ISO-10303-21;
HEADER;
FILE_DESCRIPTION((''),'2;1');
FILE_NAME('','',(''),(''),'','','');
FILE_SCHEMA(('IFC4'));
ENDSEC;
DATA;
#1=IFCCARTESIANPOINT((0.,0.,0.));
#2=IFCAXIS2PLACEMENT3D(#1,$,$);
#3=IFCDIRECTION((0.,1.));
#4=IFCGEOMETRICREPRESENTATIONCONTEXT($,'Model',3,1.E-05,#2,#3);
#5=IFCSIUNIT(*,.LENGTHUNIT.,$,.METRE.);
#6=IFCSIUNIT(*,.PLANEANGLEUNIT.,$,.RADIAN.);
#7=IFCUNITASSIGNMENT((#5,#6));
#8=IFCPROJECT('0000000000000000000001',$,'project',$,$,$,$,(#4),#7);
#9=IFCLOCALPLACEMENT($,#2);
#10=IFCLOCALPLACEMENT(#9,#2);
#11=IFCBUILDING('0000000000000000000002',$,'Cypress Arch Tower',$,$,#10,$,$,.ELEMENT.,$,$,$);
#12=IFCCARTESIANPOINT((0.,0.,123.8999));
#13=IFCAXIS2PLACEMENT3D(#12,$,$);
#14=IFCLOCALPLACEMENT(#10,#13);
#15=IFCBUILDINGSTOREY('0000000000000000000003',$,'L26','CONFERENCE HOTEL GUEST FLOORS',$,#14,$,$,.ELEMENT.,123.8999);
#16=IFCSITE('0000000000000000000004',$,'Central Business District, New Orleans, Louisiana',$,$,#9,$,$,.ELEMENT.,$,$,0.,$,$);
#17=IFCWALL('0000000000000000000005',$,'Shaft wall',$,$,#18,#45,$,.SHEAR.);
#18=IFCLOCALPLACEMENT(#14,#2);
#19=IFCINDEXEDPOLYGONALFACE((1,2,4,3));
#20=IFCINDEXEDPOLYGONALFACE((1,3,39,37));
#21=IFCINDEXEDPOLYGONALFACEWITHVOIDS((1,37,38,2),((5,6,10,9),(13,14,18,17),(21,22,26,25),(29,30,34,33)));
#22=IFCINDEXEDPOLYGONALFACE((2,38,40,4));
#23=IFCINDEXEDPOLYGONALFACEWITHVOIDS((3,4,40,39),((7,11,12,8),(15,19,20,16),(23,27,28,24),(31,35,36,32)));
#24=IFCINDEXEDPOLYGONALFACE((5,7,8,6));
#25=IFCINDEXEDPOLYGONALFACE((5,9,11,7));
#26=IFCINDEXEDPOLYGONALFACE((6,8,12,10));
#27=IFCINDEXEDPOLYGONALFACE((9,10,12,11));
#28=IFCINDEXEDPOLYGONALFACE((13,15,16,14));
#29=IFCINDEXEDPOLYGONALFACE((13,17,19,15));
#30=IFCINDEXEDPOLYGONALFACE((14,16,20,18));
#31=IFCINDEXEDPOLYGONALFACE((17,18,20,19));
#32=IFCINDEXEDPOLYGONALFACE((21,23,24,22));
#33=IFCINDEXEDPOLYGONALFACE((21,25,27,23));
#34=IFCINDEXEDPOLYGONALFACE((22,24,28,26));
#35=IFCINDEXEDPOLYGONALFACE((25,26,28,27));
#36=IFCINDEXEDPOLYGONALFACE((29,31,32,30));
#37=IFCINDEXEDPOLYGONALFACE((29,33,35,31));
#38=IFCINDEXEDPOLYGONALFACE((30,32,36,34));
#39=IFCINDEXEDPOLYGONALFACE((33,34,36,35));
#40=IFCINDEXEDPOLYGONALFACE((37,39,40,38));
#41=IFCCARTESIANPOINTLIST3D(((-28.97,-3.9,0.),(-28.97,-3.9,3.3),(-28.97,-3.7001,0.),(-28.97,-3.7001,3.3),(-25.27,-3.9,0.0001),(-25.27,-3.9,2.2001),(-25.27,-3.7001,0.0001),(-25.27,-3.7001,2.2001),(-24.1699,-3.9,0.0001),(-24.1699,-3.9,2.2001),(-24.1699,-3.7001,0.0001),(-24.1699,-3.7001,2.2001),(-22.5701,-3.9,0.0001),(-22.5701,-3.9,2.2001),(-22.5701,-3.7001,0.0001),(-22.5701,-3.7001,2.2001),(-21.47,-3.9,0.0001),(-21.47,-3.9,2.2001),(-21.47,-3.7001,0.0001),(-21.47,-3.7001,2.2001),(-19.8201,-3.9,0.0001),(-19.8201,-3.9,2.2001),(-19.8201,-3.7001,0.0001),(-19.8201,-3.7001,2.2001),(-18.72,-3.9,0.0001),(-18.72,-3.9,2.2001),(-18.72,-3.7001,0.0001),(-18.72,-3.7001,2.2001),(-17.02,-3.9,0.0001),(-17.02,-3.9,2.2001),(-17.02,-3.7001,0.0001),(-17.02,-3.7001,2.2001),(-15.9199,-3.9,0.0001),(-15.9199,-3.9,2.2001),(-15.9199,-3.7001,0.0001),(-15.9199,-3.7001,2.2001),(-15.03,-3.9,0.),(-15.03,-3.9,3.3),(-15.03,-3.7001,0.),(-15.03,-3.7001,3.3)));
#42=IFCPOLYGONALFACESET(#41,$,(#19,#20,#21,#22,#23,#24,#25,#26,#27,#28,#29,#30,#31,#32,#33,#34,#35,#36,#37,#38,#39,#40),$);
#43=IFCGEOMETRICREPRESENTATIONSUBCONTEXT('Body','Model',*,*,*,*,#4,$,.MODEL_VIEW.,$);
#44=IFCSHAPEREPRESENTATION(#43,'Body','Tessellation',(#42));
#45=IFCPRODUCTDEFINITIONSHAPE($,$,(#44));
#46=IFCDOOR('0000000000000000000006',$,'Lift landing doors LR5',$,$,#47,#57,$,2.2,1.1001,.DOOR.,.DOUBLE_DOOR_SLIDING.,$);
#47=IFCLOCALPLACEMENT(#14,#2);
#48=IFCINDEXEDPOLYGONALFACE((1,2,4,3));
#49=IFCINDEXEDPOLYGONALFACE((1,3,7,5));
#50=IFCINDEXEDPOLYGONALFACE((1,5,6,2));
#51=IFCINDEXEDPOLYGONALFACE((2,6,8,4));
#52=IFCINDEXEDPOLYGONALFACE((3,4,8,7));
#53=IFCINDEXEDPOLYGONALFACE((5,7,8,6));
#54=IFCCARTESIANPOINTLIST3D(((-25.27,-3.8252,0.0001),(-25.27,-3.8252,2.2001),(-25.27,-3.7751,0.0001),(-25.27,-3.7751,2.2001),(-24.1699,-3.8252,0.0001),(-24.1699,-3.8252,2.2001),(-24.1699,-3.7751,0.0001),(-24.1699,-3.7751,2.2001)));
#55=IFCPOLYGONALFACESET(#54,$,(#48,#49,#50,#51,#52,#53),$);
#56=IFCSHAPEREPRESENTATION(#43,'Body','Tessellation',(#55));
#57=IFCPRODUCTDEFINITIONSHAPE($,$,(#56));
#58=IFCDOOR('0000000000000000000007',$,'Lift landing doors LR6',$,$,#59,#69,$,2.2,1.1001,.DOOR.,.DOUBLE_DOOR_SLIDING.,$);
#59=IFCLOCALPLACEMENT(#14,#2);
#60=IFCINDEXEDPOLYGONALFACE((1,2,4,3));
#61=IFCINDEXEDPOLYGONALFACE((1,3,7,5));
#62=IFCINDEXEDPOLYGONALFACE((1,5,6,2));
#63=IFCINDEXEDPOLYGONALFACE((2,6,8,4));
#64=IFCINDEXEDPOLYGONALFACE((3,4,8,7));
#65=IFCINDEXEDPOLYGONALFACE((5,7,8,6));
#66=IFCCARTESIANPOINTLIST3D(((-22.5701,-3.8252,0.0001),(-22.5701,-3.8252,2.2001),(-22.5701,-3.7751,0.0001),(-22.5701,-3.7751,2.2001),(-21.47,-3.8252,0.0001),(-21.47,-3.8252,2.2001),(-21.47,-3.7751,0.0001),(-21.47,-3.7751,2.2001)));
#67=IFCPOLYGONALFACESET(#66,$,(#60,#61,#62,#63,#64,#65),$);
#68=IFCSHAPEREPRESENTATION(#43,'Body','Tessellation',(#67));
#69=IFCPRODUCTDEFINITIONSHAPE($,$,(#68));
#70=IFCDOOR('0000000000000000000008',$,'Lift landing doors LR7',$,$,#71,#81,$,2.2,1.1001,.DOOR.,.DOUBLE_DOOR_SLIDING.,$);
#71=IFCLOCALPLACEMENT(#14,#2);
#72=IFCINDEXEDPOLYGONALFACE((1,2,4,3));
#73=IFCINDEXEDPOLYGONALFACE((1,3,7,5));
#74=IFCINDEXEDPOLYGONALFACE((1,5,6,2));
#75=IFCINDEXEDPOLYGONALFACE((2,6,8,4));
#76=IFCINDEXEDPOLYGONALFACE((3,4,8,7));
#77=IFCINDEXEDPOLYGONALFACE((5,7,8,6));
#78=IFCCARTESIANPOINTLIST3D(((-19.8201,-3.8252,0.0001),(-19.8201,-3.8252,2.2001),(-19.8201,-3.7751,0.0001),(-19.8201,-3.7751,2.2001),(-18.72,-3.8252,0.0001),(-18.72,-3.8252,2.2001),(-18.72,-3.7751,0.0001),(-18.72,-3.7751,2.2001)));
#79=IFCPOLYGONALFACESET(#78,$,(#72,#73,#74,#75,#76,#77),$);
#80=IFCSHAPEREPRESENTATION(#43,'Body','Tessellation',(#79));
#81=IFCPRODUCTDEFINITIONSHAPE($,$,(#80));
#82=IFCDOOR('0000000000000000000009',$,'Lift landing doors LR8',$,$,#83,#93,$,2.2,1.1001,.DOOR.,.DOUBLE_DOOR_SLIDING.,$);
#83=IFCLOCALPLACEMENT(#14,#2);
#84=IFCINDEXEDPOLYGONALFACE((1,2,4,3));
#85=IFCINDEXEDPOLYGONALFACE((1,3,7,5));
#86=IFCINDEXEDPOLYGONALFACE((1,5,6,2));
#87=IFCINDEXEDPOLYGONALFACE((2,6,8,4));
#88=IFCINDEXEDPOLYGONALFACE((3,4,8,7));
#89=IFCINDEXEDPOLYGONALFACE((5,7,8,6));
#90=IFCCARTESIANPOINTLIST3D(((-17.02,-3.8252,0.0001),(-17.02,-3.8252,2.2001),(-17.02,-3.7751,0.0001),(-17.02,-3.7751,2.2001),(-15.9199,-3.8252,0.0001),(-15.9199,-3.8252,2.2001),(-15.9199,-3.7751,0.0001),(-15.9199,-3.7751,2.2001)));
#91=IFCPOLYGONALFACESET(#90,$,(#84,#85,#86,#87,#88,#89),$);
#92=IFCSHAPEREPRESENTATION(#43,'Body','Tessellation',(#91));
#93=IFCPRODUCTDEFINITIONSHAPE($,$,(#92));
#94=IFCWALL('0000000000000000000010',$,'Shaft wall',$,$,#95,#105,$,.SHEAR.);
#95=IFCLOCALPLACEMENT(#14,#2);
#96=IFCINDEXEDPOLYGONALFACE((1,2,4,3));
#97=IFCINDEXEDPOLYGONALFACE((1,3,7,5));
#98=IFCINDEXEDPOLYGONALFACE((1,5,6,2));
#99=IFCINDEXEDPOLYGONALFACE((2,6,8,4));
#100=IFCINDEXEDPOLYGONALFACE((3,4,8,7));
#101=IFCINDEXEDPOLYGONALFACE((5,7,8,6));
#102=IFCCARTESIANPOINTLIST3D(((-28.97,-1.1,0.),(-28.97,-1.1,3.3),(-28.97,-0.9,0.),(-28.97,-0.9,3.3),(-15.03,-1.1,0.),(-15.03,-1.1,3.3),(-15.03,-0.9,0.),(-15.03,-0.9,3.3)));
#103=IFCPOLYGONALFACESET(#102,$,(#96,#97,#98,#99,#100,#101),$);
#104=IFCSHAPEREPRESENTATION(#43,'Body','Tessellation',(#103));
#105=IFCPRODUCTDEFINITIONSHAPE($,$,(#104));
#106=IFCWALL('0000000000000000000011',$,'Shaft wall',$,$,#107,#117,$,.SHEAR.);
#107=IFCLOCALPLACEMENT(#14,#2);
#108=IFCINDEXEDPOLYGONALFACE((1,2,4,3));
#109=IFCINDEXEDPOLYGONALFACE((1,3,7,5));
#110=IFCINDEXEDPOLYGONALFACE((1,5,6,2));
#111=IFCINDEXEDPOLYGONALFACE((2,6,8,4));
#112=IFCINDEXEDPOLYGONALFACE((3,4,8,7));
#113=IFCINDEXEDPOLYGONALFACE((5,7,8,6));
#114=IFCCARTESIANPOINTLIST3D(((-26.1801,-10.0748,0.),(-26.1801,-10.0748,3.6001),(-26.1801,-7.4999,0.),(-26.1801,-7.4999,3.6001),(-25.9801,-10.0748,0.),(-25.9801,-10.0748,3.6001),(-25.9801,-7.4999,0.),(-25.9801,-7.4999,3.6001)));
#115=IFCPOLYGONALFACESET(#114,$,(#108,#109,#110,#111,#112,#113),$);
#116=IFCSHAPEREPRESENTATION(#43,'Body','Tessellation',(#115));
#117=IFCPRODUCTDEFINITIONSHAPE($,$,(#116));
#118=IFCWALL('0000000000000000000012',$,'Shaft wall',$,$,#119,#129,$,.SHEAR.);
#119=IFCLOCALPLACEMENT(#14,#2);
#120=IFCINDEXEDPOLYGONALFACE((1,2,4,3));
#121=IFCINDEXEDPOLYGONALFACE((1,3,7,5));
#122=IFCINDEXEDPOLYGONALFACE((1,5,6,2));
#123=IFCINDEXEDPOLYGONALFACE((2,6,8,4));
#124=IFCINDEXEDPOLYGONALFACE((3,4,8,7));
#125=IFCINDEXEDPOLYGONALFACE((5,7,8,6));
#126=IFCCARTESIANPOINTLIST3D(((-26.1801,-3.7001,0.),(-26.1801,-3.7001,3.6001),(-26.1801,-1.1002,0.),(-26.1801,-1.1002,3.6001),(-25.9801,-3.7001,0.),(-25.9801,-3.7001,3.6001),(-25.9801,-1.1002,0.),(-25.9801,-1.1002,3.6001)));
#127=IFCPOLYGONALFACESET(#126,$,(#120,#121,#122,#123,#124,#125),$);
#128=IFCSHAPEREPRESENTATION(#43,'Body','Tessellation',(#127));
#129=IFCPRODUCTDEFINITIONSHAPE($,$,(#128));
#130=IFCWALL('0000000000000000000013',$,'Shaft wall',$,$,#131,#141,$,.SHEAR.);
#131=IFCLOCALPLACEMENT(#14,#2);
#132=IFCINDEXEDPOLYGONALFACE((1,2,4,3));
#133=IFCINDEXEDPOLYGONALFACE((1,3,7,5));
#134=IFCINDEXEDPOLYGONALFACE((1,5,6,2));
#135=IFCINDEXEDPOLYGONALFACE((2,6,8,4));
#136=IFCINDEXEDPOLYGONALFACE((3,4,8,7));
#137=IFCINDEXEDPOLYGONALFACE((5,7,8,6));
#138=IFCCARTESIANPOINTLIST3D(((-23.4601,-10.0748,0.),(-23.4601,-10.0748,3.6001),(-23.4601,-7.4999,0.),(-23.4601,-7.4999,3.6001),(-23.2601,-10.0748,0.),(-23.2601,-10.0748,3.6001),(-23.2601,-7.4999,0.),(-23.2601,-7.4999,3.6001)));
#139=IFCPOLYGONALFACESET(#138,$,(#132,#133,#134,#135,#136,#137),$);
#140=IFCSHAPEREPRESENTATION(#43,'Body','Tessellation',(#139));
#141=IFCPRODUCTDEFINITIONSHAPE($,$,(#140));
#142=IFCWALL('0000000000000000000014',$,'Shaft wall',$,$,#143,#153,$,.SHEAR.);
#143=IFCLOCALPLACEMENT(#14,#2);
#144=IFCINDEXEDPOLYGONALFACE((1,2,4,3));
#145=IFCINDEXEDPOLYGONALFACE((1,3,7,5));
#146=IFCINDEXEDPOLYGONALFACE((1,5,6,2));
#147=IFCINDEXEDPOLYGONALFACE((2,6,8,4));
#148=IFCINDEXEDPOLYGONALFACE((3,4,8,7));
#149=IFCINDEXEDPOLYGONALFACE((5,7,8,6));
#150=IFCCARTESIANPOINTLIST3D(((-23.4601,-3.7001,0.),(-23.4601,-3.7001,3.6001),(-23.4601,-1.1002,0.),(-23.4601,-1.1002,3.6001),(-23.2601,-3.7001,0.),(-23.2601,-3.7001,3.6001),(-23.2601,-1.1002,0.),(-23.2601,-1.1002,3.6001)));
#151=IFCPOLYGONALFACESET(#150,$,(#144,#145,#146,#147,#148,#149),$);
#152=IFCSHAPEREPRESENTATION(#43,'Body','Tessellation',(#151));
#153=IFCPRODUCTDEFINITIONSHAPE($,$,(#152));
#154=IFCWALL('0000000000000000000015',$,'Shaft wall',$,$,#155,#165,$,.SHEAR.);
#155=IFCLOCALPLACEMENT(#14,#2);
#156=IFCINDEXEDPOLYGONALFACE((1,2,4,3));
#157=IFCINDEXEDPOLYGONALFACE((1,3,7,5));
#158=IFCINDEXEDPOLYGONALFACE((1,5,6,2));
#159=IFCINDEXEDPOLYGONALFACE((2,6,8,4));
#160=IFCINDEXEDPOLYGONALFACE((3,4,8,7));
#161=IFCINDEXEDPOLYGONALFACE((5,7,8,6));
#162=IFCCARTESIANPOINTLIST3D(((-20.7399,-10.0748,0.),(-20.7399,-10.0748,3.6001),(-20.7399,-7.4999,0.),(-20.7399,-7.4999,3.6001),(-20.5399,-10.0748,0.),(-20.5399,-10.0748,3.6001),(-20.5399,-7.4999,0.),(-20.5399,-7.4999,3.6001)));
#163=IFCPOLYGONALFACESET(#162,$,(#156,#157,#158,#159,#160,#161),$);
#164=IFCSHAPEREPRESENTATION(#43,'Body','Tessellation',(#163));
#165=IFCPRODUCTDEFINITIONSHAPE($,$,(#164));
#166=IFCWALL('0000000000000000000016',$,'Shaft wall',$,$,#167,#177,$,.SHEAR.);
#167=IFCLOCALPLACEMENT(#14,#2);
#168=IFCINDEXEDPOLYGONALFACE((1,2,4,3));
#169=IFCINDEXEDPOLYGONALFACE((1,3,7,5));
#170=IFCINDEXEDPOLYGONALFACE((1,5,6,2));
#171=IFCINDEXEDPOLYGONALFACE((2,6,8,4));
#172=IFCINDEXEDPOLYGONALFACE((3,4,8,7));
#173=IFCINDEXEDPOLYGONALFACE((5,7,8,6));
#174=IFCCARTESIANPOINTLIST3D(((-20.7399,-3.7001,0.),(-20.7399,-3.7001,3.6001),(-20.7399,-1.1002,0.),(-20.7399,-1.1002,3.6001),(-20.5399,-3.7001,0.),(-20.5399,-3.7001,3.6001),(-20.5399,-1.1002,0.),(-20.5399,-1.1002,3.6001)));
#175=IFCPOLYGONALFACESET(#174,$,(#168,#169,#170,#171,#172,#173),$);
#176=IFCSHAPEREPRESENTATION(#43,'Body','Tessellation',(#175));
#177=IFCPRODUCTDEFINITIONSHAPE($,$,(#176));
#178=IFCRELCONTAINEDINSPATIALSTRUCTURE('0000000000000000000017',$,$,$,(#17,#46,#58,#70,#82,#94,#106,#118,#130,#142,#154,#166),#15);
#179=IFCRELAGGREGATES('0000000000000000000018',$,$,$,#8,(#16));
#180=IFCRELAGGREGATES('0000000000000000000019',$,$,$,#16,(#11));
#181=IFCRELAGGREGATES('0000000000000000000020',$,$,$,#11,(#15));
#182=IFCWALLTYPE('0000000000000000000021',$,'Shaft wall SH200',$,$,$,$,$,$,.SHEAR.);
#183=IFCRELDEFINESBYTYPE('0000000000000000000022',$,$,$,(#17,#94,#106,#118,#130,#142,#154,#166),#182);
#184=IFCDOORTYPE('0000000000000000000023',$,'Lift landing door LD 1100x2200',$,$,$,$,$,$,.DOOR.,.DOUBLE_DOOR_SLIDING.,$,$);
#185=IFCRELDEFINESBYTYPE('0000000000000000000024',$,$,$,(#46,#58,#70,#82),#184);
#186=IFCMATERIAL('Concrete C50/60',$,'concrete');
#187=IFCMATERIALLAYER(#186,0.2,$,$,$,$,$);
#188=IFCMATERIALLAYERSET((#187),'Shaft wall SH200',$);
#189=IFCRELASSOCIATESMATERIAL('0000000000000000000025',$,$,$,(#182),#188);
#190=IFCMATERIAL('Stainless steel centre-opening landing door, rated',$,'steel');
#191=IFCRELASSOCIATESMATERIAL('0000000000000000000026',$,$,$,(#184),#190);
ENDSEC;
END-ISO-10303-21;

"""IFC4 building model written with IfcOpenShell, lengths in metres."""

from ifc_helpers import new_model, si_unit, direction, frame, frame_2d, origin, place, context, subcontext, project, spatial, rectangle, extrude, material, layer, layer_set, type_object, element, fill, save


model = new_model("IFC4")

# Units and contexts
model_context = context("Model", 3, precision=1e-05, world=origin(), true_north=direction((0.0, 1.0)))
body_context = subcontext(model_context, "Body", "Model", "MODEL_VIEW")
ifc_project = project(units=[si_unit("LENGTHUNIT", "METRE"), si_unit("PLANEANGLEUNIT", "RADIAN")], contexts=[model_context])

# Site, building, storey
site_placement = place(None, origin())
site = spatial("IfcSite", under=ifc_project, at=site_placement, Name="Central Business District, New Orleans, Louisiana", CompositionType="ELEMENT", RefElevation=0.0)
building_placement = place(site_placement, origin())
building = spatial("IfcBuilding", under=site, at=building_placement, Name="Cypress Arch Tower", CompositionType="ELEMENT")
storey_placement = place(building_placement, frame((0.0, 0.0, 123.8999)))
storey = spatial("IfcBuildingStorey", under=building, at=storey_placement, Name="L26", Description="CONFERENCE HOTEL GUEST FLOORS", CompositionType="ELEMENT", Elevation=123.8999)

# Wall, openings, doors
ifc_material_1 = material(Name="Concrete C50/60", Category="concrete")
ifc_layer_1 = layer(ifc_material_1, 0.2)
ifc_layer_set_1 = layer_set([ifc_layer_1], Name="Shaft wall SH200")
wall_type_1 = type_object("IfcWallType", Name="Shaft wall SH200", PredefinedType="SHEAR", material=ifc_layer_set_1)
ifc_material_2 = material(Name="Stainless steel centre-opening landing door, rated", Category="steel")
door_type = type_object("IfcDoorType", Name="Lift landing door LD 1100x2200", OperationType="DOUBLE_DOOR_SLIDING", PredefinedType="DOOR", material=ifc_material_2)
wall_1_placement = place(storey_placement, frame((-28.97, -3.8, 0.0), z_axis=(0.0, 0.0, 1.0), x_axis=(1.0, 0.0, 0.0)))
wall_1 = element("IfcWall", 1, at=wall_1_placement, inside=storey, type_object=wall_type_1, Name="Shaft wall", PredefinedType="SHEAR", context=body_context, shape_type="SweptSolid", body=[
    extrude(rectangle(XDim=13.9399, YDim=0.2, at=frame_2d((6.97, 0.0))), origin(), (0.0, 0.0, 1.0), 3.3),
])
opening_1_placement = place(wall_1_placement, frame((3.7, 0.0, 0.0)))
opening_1 = element("IfcOpeningElement", 2, at=opening_1_placement, cuts=wall_1, PredefinedType="OPENING", context=body_context, shape_type="SweptSolid", body=[
    extrude(rectangle(XDim=1.1001, YDim=2.2, at=frame_2d((0.55, 1.1001))), frame((0.0, 0.1099, 0.0), z_axis=(0.0, -1.0, 0.0), x_axis=(1.0, 0.0, 0.0)), (0.0, 0.0, 1.0), 0.22),
])
opening_2_placement = place(wall_1_placement, frame((6.3999, 0.0, 0.0)))
opening_2 = element("IfcOpeningElement", 3, at=opening_2_placement, cuts=wall_1, PredefinedType="OPENING", context=body_context, shape_type="SweptSolid", body=[
    extrude(rectangle(XDim=1.1001, YDim=2.2, at=frame_2d((0.55, 1.1001))), frame((0.0, 0.1099, 0.0), z_axis=(0.0, -1.0, 0.0), x_axis=(1.0, 0.0, 0.0)), (0.0, 0.0, 1.0), 0.22),
])
opening_3_placement = place(wall_1_placement, frame((9.1499, 0.0, 0.0)))
opening_3 = element("IfcOpeningElement", 4, at=opening_3_placement, cuts=wall_1, PredefinedType="OPENING", context=body_context, shape_type="SweptSolid", body=[
    extrude(rectangle(XDim=1.1001, YDim=2.2, at=frame_2d((0.55, 1.1001))), frame((0.0, 0.1099, 0.0), z_axis=(0.0, -1.0, 0.0), x_axis=(1.0, 0.0, 0.0)), (0.0, 0.0, 1.0), 0.22),
])
opening_4_placement = place(wall_1_placement, frame((11.95, 0.0, 0.0)))
opening_4 = element("IfcOpeningElement", 5, at=opening_4_placement, cuts=wall_1, PredefinedType="OPENING", context=body_context, shape_type="SweptSolid", body=[
    extrude(rectangle(XDim=1.1001, YDim=2.2, at=frame_2d((0.55, 1.1001))), frame((0.0, 0.1099, 0.0), z_axis=(0.0, -1.0, 0.0), x_axis=(1.0, 0.0, 0.0)), (0.0, 0.0, 1.0), 0.22),
])
door_1_placement = place(opening_1_placement, origin())
door_1 = element("IfcDoor", 6, at=door_1_placement, inside=storey, type_object=door_type, Name="Lift landing doors LR5", OperationType="DOUBLE_DOOR_SLIDING", OverallHeight=2.2, OverallWidth=1.1001, PredefinedType="DOOR", context=body_context, shape_type="SweptSolid", body=[
    extrude(rectangle(XDim=1.1001, YDim=2.2, at=frame_2d((0.55, 1.1001))), frame((0.0, 0.0249, 0.0), z_axis=(0.0, -1.0, 0.0), x_axis=(1.0, 0.0, 0.0)), (0.0, 0.0, 1.0), 0.05),
])
fill(opening_1, door_1)
door_2_placement = place(opening_2_placement, origin())
door_2 = element("IfcDoor", 7, at=door_2_placement, inside=storey, type_object=door_type, Name="Lift landing doors LR6", OperationType="DOUBLE_DOOR_SLIDING", OverallHeight=2.2, OverallWidth=1.1001, PredefinedType="DOOR", context=body_context, shape_type="SweptSolid", body=[
    extrude(rectangle(XDim=1.1001, YDim=2.2, at=frame_2d((0.55, 1.1001))), frame((0.0, 0.0249, 0.0), z_axis=(0.0, -1.0, 0.0), x_axis=(1.0, 0.0, 0.0)), (0.0, 0.0, 1.0), 0.05),
])
fill(opening_2, door_2)
door_3_placement = place(opening_3_placement, origin())
door_3 = element("IfcDoor", 8, at=door_3_placement, inside=storey, type_object=door_type, Name="Lift landing doors LR7", OperationType="DOUBLE_DOOR_SLIDING", OverallHeight=2.2, OverallWidth=1.1001, PredefinedType="DOOR", context=body_context, shape_type="SweptSolid", body=[
    extrude(rectangle(XDim=1.1001, YDim=2.2, at=frame_2d((0.55, 1.1001))), frame((0.0, 0.0249, 0.0), z_axis=(0.0, -1.0, 0.0), x_axis=(1.0, 0.0, 0.0)), (0.0, 0.0, 1.0), 0.05),
])
fill(opening_3, door_3)
door_4_placement = place(opening_4_placement, origin())
door_4 = element("IfcDoor", 9, at=door_4_placement, inside=storey, type_object=door_type, Name="Lift landing doors LR8", OperationType="DOUBLE_DOOR_SLIDING", OverallHeight=2.2, OverallWidth=1.1001, PredefinedType="DOOR", context=body_context, shape_type="SweptSolid", body=[
    extrude(rectangle(XDim=1.1001, YDim=2.2, at=frame_2d((0.55, 1.1001))), frame((0.0, 0.0249, 0.0), z_axis=(0.0, -1.0, 0.0), x_axis=(1.0, 0.0, 0.0)), (0.0, 0.0, 1.0), 0.05),
])
fill(opening_4, door_4)

# Walls
wall_2_placement = place(storey_placement, frame((-28.97, -1.0, 0.0), z_axis=(0.0, 0.0, 1.0), x_axis=(1.0, 0.0, 0.0)))
element("IfcWall", 10, at=wall_2_placement, inside=storey, type_object=wall_type_1, Name="Shaft wall", PredefinedType="SHEAR", context=body_context, shape_type="SweptSolid", body=[
    extrude(rectangle(XDim=13.9399, YDim=0.2, at=frame_2d((6.97, 0.0))), origin(), (0.0, 0.0, 1.0), 3.3),
])
wall_3_placement = place(storey_placement, frame((-26.0801, -10.075, 0.0), z_axis=(0.0, 0.0, 1.0), x_axis=(0.0, 1.0, 0.0)))
element("IfcWall", 11, at=wall_3_placement, inside=storey, type_object=wall_type_1, Name="Shaft wall", PredefinedType="SHEAR", context=body_context, shape_type="SweptSolid", body=[
    extrude(rectangle(XDim=2.575, YDim=0.2, at=frame_2d((1.2876, 0.0))), origin(), (0.0, 0.0, 1.0), 3.6001),
])
wall_4_placement = place(storey_placement, frame((-26.0801, -3.7, 0.0), z_axis=(0.0, 0.0, 1.0), x_axis=(0.0, 1.0, 0.0)))
element("IfcWall", 12, at=wall_4_placement, inside=storey, type_object=wall_type_1, Name="Shaft wall", PredefinedType="SHEAR", context=body_context, shape_type="SweptSolid", body=[
    extrude(rectangle(XDim=2.5999, YDim=0.2, at=frame_2d((1.2998, 0.0))), origin(), (0.0, 0.0, 1.0), 3.6001),
])
wall_5_placement = place(storey_placement, frame((-23.3601, -10.075, 0.0), z_axis=(0.0, 0.0, 1.0), x_axis=(0.0, 1.0, 0.0)))
element("IfcWall", 13, at=wall_5_placement, inside=storey, type_object=wall_type_1, Name="Shaft wall", PredefinedType="SHEAR", context=body_context, shape_type="SweptSolid", body=[
    extrude(rectangle(XDim=2.575, YDim=0.2, at=frame_2d((1.2876, 0.0))), origin(), (0.0, 0.0, 1.0), 3.6001),
])
wall_6_placement = place(storey_placement, frame((-23.3601, -3.7, 0.0), z_axis=(0.0, 0.0, 1.0), x_axis=(0.0, 1.0, 0.0)))
element("IfcWall", 14, at=wall_6_placement, inside=storey, type_object=wall_type_1, Name="Shaft wall", PredefinedType="SHEAR", context=body_context, shape_type="SweptSolid", body=[
    extrude(rectangle(XDim=2.5999, YDim=0.2, at=frame_2d((1.2998, 0.0))), origin(), (0.0, 0.0, 1.0), 3.6001),
])
wall_7_placement = place(storey_placement, frame((-20.6399, -10.075, 0.0), z_axis=(0.0, 0.0, 1.0), x_axis=(0.0, 1.0, 0.0)))
element("IfcWall", 15, at=wall_7_placement, inside=storey, type_object=wall_type_1, Name="Shaft wall", PredefinedType="SHEAR", context=body_context, shape_type="SweptSolid", body=[
    extrude(rectangle(XDim=2.575, YDim=0.2, at=frame_2d((1.2876, 0.0))), origin(), (0.0, 0.0, 1.0), 3.6001),
])
wall_8_placement = place(storey_placement, frame((-20.6399, -3.7, 0.0), z_axis=(0.0, 0.0, 1.0), x_axis=(0.0, 1.0, 0.0)))
element("IfcWall", 16, at=wall_8_placement, inside=storey, type_object=wall_type_1, Name="Shaft wall", PredefinedType="SHEAR", context=body_context, shape_type="SweptSolid", body=[
    extrude(rectangle(XDim=2.5999, YDim=0.2, at=frame_2d((1.2998, 0.0))), origin(), (0.0, 0.0, 1.0), 3.6001),
])

save(model, "model.ifc")
